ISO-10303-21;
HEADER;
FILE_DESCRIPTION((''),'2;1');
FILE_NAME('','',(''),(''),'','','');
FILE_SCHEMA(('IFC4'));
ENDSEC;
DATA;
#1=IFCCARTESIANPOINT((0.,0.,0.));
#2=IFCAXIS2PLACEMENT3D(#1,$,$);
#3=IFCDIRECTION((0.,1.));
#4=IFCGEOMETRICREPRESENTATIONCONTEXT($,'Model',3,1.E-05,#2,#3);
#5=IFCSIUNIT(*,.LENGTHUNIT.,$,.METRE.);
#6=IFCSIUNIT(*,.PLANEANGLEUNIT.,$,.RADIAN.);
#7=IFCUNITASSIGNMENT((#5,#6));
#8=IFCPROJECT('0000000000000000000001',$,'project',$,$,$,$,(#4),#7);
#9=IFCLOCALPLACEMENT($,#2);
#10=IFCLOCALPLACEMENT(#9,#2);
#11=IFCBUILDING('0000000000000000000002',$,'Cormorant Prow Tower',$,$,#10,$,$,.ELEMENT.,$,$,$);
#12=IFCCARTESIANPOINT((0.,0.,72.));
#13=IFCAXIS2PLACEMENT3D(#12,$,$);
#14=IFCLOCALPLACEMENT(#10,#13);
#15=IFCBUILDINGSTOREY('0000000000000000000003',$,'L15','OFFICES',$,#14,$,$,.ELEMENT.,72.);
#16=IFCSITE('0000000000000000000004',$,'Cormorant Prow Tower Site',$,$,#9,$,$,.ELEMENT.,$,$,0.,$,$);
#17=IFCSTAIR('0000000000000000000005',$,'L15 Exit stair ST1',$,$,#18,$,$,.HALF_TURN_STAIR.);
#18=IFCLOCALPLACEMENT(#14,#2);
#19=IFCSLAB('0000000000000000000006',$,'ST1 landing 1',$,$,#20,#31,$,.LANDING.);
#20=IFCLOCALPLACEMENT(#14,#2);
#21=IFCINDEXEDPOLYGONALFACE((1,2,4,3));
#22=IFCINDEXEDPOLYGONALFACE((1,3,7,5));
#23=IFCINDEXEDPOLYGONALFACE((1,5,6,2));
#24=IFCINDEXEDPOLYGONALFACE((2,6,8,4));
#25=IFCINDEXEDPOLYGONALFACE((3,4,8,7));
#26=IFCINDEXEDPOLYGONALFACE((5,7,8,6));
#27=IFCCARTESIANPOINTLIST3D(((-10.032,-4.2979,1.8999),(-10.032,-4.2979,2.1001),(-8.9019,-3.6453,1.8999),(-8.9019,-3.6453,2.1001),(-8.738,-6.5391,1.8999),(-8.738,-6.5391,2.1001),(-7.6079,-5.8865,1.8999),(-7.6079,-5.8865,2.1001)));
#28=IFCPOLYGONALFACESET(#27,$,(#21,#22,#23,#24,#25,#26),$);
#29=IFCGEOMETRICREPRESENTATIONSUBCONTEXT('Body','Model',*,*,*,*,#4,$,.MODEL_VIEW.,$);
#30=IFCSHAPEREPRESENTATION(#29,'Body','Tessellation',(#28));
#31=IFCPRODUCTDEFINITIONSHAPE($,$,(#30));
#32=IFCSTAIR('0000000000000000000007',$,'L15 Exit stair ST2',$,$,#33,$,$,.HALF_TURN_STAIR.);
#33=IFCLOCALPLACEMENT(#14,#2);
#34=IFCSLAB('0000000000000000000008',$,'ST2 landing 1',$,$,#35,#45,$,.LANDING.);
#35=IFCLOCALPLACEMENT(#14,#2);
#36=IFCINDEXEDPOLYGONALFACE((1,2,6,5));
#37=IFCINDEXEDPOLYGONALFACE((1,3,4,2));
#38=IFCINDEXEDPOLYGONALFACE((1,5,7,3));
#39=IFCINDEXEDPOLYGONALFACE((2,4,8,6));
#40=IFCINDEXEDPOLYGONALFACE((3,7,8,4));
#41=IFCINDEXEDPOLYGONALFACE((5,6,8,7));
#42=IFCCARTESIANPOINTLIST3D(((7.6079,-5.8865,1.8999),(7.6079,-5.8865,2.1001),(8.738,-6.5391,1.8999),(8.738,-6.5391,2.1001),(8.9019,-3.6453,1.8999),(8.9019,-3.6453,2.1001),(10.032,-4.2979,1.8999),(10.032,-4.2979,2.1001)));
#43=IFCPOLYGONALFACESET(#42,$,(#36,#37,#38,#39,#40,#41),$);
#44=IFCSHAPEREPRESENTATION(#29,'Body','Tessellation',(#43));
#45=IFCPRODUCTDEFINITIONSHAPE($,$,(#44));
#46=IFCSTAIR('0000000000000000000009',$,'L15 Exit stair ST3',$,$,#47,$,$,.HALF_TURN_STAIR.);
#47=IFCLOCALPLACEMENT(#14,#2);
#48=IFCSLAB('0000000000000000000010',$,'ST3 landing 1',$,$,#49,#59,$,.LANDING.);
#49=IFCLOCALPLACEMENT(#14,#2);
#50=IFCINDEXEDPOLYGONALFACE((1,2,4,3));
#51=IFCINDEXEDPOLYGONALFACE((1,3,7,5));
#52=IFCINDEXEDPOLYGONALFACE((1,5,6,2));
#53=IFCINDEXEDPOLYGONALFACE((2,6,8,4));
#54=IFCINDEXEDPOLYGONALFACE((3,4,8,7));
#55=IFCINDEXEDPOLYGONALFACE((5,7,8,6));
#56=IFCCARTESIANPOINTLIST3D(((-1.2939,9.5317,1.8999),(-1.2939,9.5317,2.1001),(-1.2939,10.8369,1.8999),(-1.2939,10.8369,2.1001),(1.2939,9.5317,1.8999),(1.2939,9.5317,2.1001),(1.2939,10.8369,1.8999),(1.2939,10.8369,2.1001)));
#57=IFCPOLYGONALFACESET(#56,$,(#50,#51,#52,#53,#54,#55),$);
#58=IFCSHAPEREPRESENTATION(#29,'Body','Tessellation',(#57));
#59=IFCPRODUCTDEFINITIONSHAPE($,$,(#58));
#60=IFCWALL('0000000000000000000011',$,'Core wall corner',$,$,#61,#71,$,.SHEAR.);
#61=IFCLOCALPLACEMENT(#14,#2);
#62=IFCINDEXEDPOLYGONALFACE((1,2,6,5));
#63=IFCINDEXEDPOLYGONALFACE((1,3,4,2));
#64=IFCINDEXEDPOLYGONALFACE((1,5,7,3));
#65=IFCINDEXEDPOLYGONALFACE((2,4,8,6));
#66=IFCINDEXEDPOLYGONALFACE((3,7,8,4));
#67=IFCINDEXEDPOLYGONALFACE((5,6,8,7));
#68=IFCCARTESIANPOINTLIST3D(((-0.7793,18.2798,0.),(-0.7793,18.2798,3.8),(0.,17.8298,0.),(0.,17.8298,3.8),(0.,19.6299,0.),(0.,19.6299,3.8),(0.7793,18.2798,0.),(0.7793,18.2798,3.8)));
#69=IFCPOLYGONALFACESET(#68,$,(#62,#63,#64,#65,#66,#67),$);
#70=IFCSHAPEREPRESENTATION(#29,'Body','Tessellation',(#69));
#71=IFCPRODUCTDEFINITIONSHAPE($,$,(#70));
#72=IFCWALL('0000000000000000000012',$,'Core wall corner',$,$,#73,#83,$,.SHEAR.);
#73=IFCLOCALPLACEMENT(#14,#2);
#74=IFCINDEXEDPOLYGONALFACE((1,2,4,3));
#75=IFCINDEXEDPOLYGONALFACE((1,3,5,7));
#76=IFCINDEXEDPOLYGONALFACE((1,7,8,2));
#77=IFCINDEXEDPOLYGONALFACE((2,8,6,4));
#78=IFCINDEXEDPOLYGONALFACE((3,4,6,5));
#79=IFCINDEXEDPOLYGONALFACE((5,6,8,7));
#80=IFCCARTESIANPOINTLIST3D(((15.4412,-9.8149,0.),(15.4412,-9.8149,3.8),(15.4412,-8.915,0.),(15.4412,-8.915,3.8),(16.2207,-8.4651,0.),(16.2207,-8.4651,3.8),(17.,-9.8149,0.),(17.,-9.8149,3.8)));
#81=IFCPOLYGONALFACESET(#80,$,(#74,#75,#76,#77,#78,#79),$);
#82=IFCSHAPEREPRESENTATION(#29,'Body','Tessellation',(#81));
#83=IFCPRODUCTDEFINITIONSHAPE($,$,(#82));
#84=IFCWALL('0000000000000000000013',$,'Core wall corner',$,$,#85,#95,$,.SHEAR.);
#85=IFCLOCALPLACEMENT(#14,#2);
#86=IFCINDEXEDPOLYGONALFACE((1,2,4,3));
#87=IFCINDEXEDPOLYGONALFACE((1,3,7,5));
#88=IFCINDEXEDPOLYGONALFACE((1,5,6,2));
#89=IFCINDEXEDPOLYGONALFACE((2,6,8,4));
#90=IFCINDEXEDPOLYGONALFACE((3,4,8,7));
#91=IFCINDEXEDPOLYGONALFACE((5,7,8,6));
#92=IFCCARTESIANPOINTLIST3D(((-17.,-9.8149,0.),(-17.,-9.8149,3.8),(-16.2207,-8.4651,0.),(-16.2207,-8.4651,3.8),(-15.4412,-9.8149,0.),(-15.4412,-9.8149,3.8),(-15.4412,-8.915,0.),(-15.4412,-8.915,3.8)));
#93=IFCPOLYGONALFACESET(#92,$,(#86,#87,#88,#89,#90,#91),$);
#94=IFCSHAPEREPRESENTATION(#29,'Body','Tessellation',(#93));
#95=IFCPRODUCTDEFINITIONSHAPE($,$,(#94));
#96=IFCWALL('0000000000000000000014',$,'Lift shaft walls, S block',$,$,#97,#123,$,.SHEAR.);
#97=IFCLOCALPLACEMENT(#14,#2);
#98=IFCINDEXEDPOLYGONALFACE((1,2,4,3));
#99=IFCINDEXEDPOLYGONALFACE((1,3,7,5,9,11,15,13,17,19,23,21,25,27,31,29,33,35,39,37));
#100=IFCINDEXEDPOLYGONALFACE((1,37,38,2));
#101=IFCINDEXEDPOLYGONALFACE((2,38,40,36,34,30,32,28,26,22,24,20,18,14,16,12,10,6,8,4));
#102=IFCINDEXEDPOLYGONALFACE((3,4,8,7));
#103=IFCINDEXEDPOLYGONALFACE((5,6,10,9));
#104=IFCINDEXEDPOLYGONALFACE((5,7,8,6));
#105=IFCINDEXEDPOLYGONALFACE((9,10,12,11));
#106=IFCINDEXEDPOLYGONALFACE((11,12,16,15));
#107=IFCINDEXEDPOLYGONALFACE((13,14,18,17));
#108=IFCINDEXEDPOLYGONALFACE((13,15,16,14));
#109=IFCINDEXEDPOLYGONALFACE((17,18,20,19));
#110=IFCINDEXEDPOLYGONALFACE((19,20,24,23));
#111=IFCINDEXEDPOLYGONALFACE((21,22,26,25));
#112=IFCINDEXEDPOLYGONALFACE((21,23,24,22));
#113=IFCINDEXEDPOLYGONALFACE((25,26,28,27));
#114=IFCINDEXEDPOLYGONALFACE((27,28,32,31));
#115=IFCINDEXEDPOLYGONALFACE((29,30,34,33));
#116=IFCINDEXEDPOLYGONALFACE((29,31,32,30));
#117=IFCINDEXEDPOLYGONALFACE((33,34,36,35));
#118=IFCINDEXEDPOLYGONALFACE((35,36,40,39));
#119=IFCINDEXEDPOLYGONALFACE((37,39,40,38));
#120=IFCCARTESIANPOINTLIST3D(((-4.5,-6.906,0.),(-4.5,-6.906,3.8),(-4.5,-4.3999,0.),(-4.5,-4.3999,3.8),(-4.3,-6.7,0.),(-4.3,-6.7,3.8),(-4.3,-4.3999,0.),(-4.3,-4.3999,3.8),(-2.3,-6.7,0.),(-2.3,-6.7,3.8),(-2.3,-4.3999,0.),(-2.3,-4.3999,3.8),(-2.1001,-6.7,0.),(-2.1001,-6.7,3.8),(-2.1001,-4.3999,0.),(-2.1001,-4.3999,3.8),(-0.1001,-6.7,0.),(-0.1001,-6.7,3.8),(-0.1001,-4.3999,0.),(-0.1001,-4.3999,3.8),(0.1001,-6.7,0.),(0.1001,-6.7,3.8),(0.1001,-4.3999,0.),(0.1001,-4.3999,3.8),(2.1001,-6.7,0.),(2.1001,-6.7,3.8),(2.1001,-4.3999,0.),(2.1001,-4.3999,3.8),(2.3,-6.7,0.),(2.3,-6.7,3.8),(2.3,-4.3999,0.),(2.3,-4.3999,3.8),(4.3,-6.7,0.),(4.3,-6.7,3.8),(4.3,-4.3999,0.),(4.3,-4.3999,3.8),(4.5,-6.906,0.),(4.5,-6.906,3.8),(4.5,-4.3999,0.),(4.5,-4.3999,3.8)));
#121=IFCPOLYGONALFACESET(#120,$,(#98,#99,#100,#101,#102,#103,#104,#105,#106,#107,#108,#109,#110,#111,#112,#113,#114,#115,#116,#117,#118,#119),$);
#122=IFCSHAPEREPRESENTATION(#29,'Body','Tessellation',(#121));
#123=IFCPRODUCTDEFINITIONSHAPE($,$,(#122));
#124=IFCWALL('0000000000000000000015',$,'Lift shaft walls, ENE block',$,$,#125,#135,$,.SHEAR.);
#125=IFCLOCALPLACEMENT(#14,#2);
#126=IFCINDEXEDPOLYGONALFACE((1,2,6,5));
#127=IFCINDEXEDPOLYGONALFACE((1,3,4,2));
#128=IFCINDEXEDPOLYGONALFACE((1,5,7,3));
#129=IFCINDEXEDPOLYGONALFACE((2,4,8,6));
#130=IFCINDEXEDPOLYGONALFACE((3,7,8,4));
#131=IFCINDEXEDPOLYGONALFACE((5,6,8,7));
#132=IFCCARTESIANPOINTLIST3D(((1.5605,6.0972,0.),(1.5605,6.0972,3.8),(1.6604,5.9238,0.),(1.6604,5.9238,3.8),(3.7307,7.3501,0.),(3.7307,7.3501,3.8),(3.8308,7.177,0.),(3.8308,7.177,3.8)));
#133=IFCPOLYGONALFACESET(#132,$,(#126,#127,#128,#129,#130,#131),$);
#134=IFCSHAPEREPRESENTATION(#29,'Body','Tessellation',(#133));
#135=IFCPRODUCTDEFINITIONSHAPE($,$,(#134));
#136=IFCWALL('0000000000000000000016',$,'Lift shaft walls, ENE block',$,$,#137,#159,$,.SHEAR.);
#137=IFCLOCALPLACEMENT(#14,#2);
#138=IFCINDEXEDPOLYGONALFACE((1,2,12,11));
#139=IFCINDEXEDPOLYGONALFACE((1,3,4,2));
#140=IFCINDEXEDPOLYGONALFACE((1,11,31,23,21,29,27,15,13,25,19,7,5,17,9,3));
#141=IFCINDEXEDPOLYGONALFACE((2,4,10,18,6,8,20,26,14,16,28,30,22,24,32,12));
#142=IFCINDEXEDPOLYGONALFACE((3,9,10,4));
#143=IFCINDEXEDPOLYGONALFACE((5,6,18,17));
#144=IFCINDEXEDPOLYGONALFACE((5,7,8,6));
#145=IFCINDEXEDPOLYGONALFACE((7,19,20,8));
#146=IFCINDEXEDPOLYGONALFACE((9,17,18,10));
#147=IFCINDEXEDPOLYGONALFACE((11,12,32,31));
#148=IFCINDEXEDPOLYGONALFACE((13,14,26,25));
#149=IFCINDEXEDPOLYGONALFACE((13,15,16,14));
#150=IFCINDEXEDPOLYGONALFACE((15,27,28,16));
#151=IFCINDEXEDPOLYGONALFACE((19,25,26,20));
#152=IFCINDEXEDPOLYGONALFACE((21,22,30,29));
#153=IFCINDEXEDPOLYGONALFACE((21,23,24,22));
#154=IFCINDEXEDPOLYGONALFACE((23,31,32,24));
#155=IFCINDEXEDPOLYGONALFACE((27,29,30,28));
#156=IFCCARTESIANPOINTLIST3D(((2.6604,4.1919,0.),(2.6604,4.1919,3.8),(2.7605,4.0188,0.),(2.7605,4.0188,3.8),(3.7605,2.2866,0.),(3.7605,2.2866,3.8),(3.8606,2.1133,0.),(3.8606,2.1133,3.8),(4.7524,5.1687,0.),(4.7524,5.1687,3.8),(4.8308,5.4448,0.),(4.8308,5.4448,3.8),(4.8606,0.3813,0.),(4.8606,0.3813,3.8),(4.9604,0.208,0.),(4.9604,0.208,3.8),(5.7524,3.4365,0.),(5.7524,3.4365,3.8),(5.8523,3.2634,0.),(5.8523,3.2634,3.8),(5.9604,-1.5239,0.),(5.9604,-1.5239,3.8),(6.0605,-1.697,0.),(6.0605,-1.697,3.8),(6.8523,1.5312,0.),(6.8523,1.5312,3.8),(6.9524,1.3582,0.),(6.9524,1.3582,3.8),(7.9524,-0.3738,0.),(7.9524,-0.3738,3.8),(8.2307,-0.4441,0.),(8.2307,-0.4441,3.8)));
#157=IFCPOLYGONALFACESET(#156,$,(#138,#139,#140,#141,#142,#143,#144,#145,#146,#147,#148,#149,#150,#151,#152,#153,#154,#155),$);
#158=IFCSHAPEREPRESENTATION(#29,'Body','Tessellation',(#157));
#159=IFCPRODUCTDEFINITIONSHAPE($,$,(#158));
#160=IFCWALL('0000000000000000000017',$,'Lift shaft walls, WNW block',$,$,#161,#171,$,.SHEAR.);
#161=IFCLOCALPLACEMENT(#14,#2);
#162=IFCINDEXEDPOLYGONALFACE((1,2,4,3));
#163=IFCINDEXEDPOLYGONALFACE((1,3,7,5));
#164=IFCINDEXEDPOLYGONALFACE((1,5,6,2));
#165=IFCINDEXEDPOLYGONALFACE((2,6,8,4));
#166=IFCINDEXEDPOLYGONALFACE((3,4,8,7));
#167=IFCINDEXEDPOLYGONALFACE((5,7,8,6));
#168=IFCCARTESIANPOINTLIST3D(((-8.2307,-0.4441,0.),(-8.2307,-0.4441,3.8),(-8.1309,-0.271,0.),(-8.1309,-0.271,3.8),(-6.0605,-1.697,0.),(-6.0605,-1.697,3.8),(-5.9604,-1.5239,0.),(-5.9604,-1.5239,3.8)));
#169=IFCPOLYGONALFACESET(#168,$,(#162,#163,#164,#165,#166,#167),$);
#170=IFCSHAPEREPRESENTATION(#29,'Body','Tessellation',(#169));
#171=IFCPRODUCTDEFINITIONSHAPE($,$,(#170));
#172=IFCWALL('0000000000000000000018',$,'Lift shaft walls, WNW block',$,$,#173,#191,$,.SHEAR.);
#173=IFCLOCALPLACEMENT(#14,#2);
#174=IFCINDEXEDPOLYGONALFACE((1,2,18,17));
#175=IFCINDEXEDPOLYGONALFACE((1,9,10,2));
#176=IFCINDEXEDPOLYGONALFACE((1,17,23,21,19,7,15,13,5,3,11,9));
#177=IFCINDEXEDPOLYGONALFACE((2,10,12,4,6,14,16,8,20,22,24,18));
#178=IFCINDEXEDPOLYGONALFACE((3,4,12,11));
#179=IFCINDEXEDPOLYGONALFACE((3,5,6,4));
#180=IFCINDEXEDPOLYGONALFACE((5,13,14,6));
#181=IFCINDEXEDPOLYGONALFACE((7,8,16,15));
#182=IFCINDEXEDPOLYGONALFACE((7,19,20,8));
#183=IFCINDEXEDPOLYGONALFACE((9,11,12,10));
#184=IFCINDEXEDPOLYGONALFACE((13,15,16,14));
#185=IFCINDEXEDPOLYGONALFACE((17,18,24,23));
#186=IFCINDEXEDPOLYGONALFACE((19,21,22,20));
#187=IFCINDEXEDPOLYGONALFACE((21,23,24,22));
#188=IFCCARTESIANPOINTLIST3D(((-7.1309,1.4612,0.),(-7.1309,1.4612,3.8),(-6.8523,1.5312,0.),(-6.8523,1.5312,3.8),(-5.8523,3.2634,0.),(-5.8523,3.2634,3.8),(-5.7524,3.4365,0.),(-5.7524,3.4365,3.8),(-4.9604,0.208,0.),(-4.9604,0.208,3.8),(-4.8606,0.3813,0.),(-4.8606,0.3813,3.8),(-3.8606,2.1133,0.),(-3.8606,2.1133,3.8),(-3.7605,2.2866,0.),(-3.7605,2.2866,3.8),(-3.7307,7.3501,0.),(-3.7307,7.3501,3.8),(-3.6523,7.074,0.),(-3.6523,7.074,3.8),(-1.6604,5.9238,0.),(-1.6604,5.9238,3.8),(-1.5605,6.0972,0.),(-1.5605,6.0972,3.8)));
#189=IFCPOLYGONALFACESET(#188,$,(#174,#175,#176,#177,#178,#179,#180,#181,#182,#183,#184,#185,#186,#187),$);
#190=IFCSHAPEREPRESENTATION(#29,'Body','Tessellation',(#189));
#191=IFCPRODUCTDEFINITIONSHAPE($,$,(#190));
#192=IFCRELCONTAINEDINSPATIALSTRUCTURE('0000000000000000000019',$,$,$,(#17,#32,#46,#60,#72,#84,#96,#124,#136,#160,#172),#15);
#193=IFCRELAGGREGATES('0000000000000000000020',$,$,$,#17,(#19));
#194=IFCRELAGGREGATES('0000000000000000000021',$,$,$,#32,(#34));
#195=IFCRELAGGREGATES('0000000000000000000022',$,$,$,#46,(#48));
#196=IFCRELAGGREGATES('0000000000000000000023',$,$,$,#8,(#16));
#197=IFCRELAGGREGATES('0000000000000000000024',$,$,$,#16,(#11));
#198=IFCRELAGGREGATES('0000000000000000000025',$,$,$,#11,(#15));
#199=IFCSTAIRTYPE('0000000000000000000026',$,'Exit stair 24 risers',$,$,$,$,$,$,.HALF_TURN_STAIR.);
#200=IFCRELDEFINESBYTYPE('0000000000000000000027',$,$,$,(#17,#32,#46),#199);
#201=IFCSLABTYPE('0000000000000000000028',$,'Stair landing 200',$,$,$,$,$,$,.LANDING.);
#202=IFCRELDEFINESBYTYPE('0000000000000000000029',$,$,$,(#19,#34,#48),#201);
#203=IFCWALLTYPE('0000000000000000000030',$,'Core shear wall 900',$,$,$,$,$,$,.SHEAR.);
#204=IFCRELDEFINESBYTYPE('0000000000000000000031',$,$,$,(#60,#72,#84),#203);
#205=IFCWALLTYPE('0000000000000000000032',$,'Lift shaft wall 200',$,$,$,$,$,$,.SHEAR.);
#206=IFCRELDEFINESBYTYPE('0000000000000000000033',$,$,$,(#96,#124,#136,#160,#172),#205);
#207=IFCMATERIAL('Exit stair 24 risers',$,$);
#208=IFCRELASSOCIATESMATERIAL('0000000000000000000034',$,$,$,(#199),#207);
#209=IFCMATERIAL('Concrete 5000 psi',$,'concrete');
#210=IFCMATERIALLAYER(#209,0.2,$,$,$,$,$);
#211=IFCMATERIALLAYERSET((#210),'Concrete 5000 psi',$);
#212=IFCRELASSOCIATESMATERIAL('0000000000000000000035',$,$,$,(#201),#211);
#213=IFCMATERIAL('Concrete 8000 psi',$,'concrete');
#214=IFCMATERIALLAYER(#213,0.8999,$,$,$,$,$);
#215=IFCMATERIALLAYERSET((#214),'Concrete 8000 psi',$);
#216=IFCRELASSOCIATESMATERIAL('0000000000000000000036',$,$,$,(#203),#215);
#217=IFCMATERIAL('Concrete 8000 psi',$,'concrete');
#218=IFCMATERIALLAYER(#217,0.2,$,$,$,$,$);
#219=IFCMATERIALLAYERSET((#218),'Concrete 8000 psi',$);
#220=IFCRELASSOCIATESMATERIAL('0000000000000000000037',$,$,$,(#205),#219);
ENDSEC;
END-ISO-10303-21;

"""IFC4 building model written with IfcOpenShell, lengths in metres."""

from ifc_helpers import new_model, si_unit, direction, frame, origin, place, context, subcontext, project, spatial, polyline, outline, extrude, material, layer, layer_set, type_object, element, aggregate, save


model = new_model("IFC4")

# Units and contexts
model_context = context("Model", 3, precision=1e-05, world=origin(), true_north=direction((0.0, 1.0)))
body_context = subcontext(model_context, "Body", "Model", "MODEL_VIEW")
ifc_project = project(units=[si_unit("LENGTHUNIT", "METRE"), si_unit("PLANEANGLEUNIT", "RADIAN")], contexts=[model_context])

# Site, building, storey
site_placement = place(None, origin())
site = spatial("IfcSite", under=ifc_project, at=site_placement, Name="Cormorant Prow Tower Site", CompositionType="ELEMENT", RefElevation=0.0)
building_placement = place(site_placement, origin())
building = spatial("IfcBuilding", under=site, at=building_placement, Name="Cormorant Prow Tower", CompositionType="ELEMENT")
storey_placement = place(building_placement, frame((0.0, 0.0, 72.0)))
storey = spatial("IfcBuildingStorey", under=building, at=storey_placement, Name="L15", Description="OFFICES", CompositionType="ELEMENT", Elevation=72.0)

# Stairs, slabs
ifc_material_1 = material(Name="Exit stair 24 risers")
stair_type = type_object("IfcStairType", Name="Exit stair 24 risers", PredefinedType="HALF_TURN_STAIR", material=ifc_material_1)
stair_1_placement = place(storey_placement, origin())
stair_1 = element("IfcStair", 1, at=stair_1_placement, inside=storey, type_object=stair_type, Name="L15 Exit stair ST1", PredefinedType="HALF_TURN_STAIR")
ifc_material_2 = material(Name="Concrete 5000 psi", Category="concrete")
ifc_layer_1 = layer(ifc_material_2, 0.2)
ifc_layer_set_1 = layer_set([ifc_layer_1], Name="Concrete 5000 psi")
slab_type = type_object("IfcSlabType", Name="Stair landing 200", PredefinedType="LANDING", material=ifc_layer_set_1)
slab_1_placement = place(storey_placement, frame((0.0, 0.0, 1.8999)))
slab_1 = element("IfcSlab", 2, at=slab_1_placement, type_object=slab_type, Name="ST1 landing 1", PredefinedType="LANDING", context=body_context, shape_type="SweptSolid", body=[
    extrude(outline(polyline([(-8.9019, -3.6453), (-10.032, -4.2979), (-8.738, -6.5391), (-7.6079, -5.8865), (-8.9019, -3.6453)])), origin(), (0.0, 0.0, 1.0), 0.2002),
])
aggregate(stair_1, [slab_1])
stair_2_placement = place(storey_placement, origin())
stair_2 = element("IfcStair", 3, at=stair_2_placement, inside=storey, type_object=stair_type, Name="L15 Exit stair ST2", PredefinedType="HALF_TURN_STAIR")
slab_2_placement = place(storey_placement, frame((0.0, 0.0, 1.8999)))
slab_2 = element("IfcSlab", 4, at=slab_2_placement, type_object=slab_type, Name="ST2 landing 1", PredefinedType="LANDING", context=body_context, shape_type="SweptSolid", body=[
    extrude(outline(polyline([(7.6079, -5.8865), (8.738, -6.5391), (10.032, -4.2979), (8.9019, -3.6453), (7.6079, -5.8865)])), origin(), (0.0, 0.0, 1.0), 0.2002),
])
aggregate(stair_2, [slab_2])
stair_3_placement = place(storey_placement, origin())
stair_3 = element("IfcStair", 5, at=stair_3_placement, inside=storey, type_object=stair_type, Name="L15 Exit stair ST3", PredefinedType="HALF_TURN_STAIR")
slab_3_placement = place(storey_placement, frame((0.0, 0.0, 1.8999)))
slab_3 = element("IfcSlab", 6, at=slab_3_placement, type_object=slab_type, Name="ST3 landing 1", PredefinedType="LANDING", context=body_context, shape_type="SweptSolid", body=[
    extrude(outline(polyline([(1.2939, 9.5317), (1.2939, 10.8369), (-1.2939, 10.8369), (-1.2939, 9.5317), (1.2939, 9.5317)])), origin(), (0.0, 0.0, 1.0), 0.2002),
])
aggregate(stair_3, [slab_3])

# Walls
ifc_material_3 = material(Name="Concrete 8000 psi", Category="concrete")
ifc_layer_2 = layer(ifc_material_3, 0.8999)
ifc_layer_set_2 = layer_set([ifc_layer_2], Name="Concrete 8000 psi")
wall_type_1 = type_object("IfcWallType", Name="Core shear wall 900", PredefinedType="SHEAR", material=ifc_layer_set_2)
wall_1_placement = place(storey_placement, origin())
element("IfcWall", 7, at=wall_1_placement, inside=storey, type_object=wall_type_1, Name="Core wall corner", PredefinedType="SHEAR", context=body_context, shape_type="SweptSolid", body=[
    extrude(outline(polyline([(-0.7793, 18.2798), (0.0, 19.6299), (0.7793, 18.2798), (0.0, 17.8298), (-0.7793, 18.2798)])), origin(), (0.0, 0.0, 1.0), 3.8),
])
wall_2_placement = place(storey_placement, origin())
element("IfcWall", 8, at=wall_2_placement, inside=storey, type_object=wall_type_1, Name="Core wall corner", PredefinedType="SHEAR", context=body_context, shape_type="SweptSolid", body=[
    extrude(outline(polyline([(15.4412, -9.8149), (15.4412, -8.915), (16.2207, -8.4651), (17.0, -9.8149), (15.4412, -9.8149)])), origin(), (0.0, 0.0, 1.0), 3.8),
])
wall_3_placement = place(storey_placement, origin())
element("IfcWall", 9, at=wall_3_placement, inside=storey, type_object=wall_type_1, Name="Core wall corner", PredefinedType="SHEAR", context=body_context, shape_type="SweptSolid", body=[
    extrude(outline(polyline([(-16.2207, -8.4651), (-15.4412, -8.915), (-15.4412, -9.8149), (-17.0, -9.8149), (-16.2207, -8.4651)])), origin(), (0.0, 0.0, 1.0), 3.8),
])
ifc_material_4 = material(Name="Concrete 8000 psi", Category="concrete")
ifc_layer_3 = layer(ifc_material_4, 0.2)
ifc_layer_set_3 = layer_set([ifc_layer_3], Name="Concrete 8000 psi")
wall_type_2 = type_object("IfcWallType", Name="Lift shaft wall 200", PredefinedType="SHEAR", material=ifc_layer_set_3)
wall_4_placement = place(storey_placement, origin())
element("IfcWall", 10, at=wall_4_placement, inside=storey, type_object=wall_type_2, Name="Lift shaft walls, S block", PredefinedType="SHEAR", context=body_context, shape_type="SweptSolid", body=[
    extrude(outline(polyline([(4.5, -4.3999), (4.5, -6.906), (-4.5, -6.906), (-4.5, -4.3999), (-4.3, -4.3999), (-4.3, -6.7), (-2.3, -6.7), (-2.3, -4.3999), (-2.1001, -4.3999), (-2.1001, -6.7), (-0.1001, -6.7), (-0.1001, -4.3999), (0.1001, -4.3999), (0.1001, -6.7), (2.1001, -6.7), (2.1001, -4.3999), (2.3, -4.3999), (2.3, -6.7), (4.3, -6.7), (4.3, -4.3999), (4.5, -4.3999)])), origin(), (0.0, 0.0, 1.0), 3.8),
])
wall_5_placement = place(storey_placement, origin())
element("IfcWall", 11, at=wall_5_placement, inside=storey, type_object=wall_type_2, Name="Lift shaft walls, ENE block", PredefinedType="SHEAR", context=body_context, shape_type="SweptSolid", body=[
    extrude(outline(polyline([(1.5605, 6.0972), (3.7307, 7.3501), (3.8308, 7.177), (1.6604, 5.9238), (1.5605, 6.0972)])), origin(), (0.0, 0.0, 1.0), 3.8),
])
wall_6_placement = place(storey_placement, origin())
element("IfcWall", 12, at=wall_6_placement, inside=storey, type_object=wall_type_2, Name="Lift shaft walls, ENE block", PredefinedType="SHEAR", context=body_context, shape_type="SweptSolid", body=[
    extrude(outline(polyline([(2.6604, 4.1919), (4.8308, 5.4448), (8.2307, -0.4441), (6.0605, -1.697), (5.9604, -1.5239), (7.9524, -0.3738), (6.9524, 1.3582), (4.9604, 0.208), (4.8606, 0.3813), (6.8523, 1.5312), (5.8523, 3.2634), (3.8606, 2.1133), (3.7605, 2.2866), (5.7524, 3.4365), (4.7524, 5.1687), (2.7605, 4.0188), (2.6604, 4.1919)])), origin(), (0.0, 0.0, 1.0), 3.8),
])
wall_7_placement = place(storey_placement, origin())
element("IfcWall", 13, at=wall_7_placement, inside=storey, type_object=wall_type_2, Name="Lift shaft walls, WNW block", PredefinedType="SHEAR", context=body_context, shape_type="SweptSolid", body=[
    extrude(outline(polyline([(-6.0605, -1.697), (-8.2307, -0.4441), (-8.1309, -0.271), (-5.9604, -1.5239), (-6.0605, -1.697)])), origin(), (0.0, 0.0, 1.0), 3.8),
])
wall_8_placement = place(storey_placement, origin())
element("IfcWall", 14, at=wall_8_placement, inside=storey, type_object=wall_type_2, Name="Lift shaft walls, WNW block", PredefinedType="SHEAR", context=body_context, shape_type="SweptSolid", body=[
    extrude(outline(polyline([(-4.9604, 0.208), (-7.1309, 1.4612), (-3.7307, 7.3501), (-1.5605, 6.0972), (-1.6604, 5.9238), (-3.6523, 7.074), (-5.7524, 3.4365), (-3.7605, 2.2866), (-3.8606, 2.1133), (-5.8523, 3.2634), (-6.8523, 1.5312), (-4.8606, 0.3813), (-4.9604, 0.208)])), origin(), (0.0, 0.0, 1.0), 3.8),
])

save(model, "model.ifc")
